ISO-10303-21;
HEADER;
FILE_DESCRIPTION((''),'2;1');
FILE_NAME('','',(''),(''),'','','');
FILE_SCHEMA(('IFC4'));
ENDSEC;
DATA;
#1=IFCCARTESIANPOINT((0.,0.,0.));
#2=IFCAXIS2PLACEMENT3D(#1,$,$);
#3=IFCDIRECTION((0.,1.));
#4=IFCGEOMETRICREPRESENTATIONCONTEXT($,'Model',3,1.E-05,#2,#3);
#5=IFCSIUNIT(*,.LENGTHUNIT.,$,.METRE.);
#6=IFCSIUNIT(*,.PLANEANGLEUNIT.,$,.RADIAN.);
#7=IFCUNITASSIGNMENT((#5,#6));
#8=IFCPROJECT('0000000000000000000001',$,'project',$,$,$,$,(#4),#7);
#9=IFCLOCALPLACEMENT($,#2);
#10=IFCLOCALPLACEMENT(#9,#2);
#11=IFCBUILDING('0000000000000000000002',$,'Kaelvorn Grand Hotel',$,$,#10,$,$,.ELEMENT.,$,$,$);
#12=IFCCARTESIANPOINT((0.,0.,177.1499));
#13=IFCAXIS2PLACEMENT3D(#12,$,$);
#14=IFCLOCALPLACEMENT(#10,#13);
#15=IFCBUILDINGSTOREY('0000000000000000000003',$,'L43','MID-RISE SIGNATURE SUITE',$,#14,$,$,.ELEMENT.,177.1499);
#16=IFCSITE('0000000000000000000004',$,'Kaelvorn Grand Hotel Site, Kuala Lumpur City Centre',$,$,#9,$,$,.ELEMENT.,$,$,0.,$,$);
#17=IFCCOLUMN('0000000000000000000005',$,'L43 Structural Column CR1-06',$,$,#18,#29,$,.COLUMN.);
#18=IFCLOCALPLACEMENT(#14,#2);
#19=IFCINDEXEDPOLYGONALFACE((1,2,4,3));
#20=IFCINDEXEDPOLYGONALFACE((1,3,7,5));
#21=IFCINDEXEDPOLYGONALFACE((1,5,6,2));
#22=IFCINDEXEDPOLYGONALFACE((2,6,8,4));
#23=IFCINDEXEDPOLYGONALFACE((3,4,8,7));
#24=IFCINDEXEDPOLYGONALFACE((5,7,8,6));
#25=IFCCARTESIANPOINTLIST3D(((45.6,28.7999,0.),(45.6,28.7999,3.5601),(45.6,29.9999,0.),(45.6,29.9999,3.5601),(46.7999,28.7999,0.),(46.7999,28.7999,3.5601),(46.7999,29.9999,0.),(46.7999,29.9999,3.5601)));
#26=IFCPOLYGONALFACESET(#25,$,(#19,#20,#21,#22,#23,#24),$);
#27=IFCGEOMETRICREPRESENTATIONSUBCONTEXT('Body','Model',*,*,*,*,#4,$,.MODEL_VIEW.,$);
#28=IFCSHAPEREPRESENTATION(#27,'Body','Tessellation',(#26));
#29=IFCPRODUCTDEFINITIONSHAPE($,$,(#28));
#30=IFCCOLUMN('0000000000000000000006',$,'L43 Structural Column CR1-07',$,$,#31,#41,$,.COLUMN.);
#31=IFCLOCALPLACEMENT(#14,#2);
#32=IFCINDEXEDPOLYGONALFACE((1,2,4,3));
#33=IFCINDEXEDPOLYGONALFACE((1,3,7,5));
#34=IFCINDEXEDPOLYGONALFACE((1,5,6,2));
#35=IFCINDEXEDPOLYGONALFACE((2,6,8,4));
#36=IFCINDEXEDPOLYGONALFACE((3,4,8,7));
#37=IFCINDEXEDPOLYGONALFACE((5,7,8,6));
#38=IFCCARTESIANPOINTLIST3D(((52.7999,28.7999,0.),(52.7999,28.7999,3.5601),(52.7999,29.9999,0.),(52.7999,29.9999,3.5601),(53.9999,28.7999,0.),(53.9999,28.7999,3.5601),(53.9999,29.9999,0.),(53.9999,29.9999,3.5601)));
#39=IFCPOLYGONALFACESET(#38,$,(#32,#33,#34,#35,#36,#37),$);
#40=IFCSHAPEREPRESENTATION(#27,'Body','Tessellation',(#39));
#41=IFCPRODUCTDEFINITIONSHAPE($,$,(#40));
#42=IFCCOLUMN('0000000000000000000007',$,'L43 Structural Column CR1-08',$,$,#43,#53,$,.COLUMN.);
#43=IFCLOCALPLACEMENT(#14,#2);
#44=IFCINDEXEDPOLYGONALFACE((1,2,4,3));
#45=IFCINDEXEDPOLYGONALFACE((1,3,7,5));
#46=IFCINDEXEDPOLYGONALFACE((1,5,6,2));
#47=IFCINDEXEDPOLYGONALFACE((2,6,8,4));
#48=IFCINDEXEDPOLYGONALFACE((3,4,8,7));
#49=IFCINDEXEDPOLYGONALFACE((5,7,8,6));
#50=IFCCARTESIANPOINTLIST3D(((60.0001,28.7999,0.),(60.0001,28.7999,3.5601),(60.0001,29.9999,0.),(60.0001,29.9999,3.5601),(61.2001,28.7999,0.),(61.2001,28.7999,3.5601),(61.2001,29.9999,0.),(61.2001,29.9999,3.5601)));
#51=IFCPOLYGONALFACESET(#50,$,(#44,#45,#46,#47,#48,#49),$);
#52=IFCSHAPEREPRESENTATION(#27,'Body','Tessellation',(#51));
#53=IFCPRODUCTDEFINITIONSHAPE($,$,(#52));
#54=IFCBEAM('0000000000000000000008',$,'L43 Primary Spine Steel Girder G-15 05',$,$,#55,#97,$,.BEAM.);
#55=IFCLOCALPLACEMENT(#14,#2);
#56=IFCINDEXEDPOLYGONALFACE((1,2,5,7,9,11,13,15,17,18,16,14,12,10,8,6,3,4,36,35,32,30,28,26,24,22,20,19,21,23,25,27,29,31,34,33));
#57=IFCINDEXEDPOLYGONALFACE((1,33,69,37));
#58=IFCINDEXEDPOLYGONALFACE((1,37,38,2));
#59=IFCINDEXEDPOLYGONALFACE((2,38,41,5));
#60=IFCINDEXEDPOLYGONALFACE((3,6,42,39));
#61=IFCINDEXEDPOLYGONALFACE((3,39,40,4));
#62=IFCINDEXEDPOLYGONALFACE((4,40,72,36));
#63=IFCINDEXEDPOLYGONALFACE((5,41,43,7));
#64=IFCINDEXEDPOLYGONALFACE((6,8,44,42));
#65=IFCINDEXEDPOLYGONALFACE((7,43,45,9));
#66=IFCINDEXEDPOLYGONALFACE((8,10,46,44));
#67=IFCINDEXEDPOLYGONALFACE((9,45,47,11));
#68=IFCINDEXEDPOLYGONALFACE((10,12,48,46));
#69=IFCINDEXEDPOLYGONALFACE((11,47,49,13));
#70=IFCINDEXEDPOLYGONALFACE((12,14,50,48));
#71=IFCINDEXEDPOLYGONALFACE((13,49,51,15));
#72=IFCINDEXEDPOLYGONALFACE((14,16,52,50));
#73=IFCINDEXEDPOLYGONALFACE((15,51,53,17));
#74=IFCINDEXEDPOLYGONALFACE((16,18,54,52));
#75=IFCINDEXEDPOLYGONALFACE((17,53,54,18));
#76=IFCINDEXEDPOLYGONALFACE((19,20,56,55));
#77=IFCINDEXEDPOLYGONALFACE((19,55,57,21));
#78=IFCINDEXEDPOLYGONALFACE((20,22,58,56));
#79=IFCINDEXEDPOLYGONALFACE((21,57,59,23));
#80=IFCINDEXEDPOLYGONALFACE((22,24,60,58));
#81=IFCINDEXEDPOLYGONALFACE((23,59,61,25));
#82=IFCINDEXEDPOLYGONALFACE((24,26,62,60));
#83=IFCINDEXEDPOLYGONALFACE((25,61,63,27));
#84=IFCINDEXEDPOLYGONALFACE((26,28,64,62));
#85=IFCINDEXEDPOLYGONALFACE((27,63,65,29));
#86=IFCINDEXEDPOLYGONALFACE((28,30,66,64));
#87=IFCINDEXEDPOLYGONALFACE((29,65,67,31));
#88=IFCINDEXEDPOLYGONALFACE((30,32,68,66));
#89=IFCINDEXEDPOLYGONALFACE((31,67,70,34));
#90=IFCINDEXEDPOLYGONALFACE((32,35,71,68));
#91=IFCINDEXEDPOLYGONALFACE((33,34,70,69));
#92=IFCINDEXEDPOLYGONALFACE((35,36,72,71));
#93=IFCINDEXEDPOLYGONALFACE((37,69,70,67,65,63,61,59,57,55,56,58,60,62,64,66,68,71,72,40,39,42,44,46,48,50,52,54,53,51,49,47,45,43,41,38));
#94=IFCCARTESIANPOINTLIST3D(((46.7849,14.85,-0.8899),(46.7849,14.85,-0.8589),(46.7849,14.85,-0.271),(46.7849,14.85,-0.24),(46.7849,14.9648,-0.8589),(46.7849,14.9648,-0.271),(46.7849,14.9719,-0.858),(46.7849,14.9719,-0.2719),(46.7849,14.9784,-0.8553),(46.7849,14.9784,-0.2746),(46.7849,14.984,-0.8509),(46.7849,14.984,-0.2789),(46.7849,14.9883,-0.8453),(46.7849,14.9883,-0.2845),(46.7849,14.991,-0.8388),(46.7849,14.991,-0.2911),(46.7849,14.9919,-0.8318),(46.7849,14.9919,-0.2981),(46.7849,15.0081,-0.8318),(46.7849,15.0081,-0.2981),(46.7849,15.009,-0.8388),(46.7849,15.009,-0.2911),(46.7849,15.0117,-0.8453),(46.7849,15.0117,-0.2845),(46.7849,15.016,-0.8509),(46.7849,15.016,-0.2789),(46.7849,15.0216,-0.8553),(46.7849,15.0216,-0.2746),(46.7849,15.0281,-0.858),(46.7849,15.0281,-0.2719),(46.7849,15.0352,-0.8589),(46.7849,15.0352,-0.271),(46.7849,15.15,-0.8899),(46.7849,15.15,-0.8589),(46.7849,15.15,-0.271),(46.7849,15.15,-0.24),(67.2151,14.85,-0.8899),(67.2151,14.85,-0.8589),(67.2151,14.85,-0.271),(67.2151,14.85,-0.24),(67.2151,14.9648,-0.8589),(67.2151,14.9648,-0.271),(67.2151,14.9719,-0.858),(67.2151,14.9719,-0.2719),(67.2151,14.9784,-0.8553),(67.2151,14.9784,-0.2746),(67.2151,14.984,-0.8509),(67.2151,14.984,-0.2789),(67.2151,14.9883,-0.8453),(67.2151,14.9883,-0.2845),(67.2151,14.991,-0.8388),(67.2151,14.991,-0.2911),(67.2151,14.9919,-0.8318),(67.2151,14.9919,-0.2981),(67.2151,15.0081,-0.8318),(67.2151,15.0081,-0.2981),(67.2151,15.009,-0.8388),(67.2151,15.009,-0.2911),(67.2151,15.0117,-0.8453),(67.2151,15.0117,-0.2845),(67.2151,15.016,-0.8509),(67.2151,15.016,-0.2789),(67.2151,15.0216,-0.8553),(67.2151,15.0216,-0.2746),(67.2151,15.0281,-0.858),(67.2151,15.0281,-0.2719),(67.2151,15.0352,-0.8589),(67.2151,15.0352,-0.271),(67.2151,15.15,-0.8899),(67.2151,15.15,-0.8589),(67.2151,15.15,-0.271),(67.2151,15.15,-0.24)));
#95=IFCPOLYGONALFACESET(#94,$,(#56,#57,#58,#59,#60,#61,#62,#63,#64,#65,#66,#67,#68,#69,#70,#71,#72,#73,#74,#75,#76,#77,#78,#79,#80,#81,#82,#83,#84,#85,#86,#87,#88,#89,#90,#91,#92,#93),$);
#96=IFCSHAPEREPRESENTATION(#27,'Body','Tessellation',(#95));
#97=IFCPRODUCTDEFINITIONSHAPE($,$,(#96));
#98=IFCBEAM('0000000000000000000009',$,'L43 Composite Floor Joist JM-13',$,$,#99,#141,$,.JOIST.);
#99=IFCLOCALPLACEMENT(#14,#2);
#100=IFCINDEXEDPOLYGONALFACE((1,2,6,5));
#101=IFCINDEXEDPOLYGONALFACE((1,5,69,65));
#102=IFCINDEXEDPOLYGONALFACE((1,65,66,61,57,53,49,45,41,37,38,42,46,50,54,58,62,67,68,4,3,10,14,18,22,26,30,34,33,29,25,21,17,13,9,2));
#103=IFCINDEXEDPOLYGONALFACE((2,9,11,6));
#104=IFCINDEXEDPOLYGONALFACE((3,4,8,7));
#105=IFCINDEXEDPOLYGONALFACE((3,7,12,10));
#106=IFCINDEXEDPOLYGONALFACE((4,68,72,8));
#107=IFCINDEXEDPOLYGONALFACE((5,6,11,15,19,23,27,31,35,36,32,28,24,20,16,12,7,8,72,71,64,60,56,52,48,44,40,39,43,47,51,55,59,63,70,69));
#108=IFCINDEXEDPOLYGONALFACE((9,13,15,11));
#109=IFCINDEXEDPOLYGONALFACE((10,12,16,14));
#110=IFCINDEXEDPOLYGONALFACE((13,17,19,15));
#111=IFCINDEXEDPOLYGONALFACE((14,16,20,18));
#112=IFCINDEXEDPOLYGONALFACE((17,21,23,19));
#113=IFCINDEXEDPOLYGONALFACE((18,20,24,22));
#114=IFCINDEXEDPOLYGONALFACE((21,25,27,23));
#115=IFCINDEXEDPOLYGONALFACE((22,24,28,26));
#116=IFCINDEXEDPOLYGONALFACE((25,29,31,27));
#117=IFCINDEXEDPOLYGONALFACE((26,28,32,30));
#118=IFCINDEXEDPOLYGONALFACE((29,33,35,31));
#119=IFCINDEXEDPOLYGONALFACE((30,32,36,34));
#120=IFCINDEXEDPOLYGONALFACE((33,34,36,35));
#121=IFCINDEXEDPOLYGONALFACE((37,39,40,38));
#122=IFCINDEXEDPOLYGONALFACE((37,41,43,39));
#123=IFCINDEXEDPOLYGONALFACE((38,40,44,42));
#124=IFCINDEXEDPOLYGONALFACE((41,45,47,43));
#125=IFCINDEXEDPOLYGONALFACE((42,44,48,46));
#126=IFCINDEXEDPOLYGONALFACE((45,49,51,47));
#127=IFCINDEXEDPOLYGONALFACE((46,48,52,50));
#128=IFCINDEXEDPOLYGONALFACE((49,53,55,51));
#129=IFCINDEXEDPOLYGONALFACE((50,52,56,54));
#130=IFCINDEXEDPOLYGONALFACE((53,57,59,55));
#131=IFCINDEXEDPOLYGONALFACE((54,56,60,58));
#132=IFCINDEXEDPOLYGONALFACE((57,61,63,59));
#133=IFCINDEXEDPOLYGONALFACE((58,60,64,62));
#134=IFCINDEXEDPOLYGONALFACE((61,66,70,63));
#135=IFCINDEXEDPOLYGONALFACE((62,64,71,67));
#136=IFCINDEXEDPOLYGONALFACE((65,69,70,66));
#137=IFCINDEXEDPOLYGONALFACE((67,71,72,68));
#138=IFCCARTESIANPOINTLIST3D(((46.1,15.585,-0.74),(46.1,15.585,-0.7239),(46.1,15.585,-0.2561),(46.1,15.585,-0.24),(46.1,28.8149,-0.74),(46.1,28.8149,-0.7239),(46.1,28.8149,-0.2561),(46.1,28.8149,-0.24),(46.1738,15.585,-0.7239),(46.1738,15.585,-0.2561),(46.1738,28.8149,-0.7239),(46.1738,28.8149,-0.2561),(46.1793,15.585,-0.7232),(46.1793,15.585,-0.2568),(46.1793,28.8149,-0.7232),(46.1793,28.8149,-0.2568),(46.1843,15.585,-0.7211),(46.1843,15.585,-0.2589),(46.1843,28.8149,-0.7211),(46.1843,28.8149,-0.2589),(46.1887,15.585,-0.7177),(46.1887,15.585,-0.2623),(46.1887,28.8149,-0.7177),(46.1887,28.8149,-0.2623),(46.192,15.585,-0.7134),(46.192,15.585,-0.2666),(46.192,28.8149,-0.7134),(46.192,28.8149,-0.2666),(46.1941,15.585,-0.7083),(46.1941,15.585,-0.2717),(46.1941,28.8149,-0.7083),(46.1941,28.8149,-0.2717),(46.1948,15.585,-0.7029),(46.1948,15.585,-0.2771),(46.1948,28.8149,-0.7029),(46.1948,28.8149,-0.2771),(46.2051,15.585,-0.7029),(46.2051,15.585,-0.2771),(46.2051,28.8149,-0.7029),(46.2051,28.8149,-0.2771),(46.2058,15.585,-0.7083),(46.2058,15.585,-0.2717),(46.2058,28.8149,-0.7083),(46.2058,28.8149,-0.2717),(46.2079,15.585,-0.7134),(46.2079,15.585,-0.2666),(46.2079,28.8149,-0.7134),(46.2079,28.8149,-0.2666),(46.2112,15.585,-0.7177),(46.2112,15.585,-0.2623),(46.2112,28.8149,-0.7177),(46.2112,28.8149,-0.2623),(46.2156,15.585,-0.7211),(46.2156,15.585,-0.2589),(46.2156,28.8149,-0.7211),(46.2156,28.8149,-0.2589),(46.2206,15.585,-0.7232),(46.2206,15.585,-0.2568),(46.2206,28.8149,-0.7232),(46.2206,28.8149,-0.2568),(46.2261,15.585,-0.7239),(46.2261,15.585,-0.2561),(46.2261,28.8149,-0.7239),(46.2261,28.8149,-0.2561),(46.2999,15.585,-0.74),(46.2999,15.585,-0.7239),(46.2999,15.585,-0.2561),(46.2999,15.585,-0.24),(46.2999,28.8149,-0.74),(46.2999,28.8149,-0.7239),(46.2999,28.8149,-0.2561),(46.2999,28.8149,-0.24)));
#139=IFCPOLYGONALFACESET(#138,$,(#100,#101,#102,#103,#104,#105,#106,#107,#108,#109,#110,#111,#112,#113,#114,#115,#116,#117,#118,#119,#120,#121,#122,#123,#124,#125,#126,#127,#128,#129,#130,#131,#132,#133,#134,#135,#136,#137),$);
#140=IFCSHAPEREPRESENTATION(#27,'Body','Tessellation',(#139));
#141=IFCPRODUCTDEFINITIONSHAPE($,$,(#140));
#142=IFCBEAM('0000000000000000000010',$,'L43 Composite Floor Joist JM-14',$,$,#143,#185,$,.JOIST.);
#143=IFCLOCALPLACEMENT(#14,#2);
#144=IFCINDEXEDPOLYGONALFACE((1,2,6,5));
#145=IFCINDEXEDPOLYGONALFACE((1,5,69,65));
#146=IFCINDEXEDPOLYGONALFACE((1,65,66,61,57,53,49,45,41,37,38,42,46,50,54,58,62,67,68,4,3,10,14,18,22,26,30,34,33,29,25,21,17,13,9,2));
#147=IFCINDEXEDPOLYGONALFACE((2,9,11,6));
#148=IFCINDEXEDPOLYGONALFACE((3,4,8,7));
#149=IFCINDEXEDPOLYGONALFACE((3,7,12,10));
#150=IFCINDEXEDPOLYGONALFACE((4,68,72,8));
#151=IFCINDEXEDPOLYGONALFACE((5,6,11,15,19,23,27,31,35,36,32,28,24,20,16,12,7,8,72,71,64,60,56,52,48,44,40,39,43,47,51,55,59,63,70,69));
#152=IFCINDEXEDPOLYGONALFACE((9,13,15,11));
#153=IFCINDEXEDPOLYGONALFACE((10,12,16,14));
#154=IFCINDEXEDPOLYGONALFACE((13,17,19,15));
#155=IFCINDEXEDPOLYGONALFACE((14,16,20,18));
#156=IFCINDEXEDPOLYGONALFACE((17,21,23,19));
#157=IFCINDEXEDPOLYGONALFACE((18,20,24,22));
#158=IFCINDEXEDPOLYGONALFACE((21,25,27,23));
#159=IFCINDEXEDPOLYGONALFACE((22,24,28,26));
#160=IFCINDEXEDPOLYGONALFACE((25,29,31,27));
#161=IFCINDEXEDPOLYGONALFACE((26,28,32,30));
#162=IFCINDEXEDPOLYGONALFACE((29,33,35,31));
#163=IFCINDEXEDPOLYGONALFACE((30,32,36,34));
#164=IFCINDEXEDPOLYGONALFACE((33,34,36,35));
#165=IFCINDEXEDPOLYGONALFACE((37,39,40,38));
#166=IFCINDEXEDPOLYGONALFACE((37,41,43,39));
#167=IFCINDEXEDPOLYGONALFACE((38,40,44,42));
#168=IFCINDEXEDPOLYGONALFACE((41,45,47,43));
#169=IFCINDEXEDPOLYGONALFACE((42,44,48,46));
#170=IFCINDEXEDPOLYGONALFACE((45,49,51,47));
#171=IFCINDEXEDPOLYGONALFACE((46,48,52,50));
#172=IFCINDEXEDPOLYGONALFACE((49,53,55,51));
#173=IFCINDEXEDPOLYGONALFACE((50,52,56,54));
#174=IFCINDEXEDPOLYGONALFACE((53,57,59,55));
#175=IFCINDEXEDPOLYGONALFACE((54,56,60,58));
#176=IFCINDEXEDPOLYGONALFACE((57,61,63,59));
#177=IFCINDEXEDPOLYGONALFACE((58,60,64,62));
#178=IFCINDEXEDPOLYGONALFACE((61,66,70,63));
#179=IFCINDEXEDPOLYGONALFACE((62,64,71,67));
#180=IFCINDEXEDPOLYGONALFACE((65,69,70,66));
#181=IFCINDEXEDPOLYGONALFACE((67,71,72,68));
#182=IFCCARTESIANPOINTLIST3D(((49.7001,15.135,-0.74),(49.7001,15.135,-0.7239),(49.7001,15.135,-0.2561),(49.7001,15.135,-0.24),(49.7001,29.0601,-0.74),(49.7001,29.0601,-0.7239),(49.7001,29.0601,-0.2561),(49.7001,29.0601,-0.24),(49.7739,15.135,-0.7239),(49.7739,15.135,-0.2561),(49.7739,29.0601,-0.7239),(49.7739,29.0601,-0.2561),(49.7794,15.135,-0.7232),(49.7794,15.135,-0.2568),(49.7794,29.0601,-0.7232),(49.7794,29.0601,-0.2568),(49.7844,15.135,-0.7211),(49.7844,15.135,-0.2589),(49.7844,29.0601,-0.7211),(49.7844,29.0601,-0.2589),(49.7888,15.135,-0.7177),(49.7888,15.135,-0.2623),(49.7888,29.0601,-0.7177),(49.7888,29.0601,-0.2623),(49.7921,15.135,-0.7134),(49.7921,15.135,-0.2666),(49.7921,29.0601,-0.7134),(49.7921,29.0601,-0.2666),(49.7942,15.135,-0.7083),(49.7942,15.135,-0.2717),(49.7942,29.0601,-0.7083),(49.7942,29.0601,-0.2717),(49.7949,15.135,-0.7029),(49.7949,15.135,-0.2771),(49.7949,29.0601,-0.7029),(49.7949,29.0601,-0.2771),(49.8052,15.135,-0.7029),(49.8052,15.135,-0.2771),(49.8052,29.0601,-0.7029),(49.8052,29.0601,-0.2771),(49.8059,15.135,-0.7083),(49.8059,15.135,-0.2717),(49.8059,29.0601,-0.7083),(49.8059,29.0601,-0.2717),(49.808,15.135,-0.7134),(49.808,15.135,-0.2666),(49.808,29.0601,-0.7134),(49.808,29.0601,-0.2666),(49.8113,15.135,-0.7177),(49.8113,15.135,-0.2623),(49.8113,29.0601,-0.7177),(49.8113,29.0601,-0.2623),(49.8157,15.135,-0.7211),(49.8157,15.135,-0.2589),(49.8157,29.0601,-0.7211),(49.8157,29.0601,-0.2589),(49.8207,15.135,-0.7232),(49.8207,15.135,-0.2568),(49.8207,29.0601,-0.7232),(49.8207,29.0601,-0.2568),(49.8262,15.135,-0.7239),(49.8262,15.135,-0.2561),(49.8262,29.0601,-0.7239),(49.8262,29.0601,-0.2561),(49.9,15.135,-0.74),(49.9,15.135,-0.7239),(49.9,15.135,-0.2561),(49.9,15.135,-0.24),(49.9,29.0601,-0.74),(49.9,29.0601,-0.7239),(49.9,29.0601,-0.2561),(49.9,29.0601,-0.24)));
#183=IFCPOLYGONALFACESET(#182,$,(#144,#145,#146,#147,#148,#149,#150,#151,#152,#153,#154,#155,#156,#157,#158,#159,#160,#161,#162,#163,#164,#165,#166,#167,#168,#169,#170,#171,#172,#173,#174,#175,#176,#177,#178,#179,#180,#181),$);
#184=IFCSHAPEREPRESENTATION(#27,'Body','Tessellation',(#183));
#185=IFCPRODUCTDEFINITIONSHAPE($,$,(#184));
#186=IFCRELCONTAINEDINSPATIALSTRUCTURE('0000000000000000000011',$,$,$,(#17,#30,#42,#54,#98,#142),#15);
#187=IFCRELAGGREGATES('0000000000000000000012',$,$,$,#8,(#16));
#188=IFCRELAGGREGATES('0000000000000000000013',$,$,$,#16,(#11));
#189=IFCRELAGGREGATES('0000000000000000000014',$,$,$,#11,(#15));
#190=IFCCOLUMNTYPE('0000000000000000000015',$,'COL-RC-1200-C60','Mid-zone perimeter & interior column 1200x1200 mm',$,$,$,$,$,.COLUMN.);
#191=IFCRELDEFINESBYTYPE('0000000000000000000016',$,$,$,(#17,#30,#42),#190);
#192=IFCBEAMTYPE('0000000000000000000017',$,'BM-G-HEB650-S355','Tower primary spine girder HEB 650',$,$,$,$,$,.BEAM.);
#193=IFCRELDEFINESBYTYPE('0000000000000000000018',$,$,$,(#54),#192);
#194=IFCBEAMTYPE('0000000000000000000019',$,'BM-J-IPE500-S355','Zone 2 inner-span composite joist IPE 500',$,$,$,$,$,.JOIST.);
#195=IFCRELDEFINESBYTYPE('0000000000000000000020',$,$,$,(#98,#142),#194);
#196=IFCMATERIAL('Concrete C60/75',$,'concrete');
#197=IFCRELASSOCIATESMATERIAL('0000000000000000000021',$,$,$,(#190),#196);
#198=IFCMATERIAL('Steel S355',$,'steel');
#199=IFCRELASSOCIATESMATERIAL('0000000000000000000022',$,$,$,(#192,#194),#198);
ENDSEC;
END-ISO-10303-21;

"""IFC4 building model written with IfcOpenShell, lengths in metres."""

from ifc_helpers import new_model, si_unit, direction, frame, origin, origin_2d, place, context, subcontext, project, spatial, rectangle, i_section, extrude, material, material_profile, profile_set, type_object, element, save


model = new_model("IFC4")

# Units and contexts
model_context = context("Model", 3, precision=1e-05, world=origin(), true_north=direction((0.0, 1.0)))
body_context = subcontext(model_context, "Body", "Model", "MODEL_VIEW")
ifc_project = project(units=[si_unit("LENGTHUNIT", "METRE"), si_unit("PLANEANGLEUNIT", "RADIAN")], contexts=[model_context])

# Site, building, storey
site_placement = place(None, origin())
site = spatial("IfcSite", under=ifc_project, at=site_placement, Name="Kaelvorn Grand Hotel Site, Kuala Lumpur City Centre", CompositionType="ELEMENT", RefElevation=0.0)
building_placement = place(site_placement, origin())
building = spatial("IfcBuilding", under=site, at=building_placement, Name="Kaelvorn Grand Hotel", CompositionType="ELEMENT")
storey_placement = place(building_placement, frame((0.0, 0.0, 177.1499)))
storey = spatial("IfcBuildingStorey", under=building, at=storey_placement, Name="L43", Description="MID-RISE SIGNATURE SUITE", CompositionType="ELEMENT", Elevation=177.1499)

# Columns
ifc_material_1 = material(Name="Concrete C60/75", Category="concrete")
ifc_material_profile_1 = material_profile(ifc_material_1, rectangle(XDim=1.2, YDim=1.2, at=origin_2d()), Name="RC COL 1200x1200")
ifc_profile_set_1 = profile_set([ifc_material_profile_1], Name="Concrete C60/75")
column_type = type_object("IfcColumnType", Name="COL-RC-1200-C60", Description="Mid-zone perimeter & interior column 1200x1200 mm", PredefinedType="COLUMN", material=ifc_profile_set_1)
for number, where, z_axis, x_axis, name in (
    (1, (46.2, 29.3999, 0.0), (0.0, 0.0, 1.0), (1.0, 0.0, 0.0), "L43 Structural Column CR1-06"),
    (2, (53.3999, 29.3999, 0.0), (0.0, 0.0, 1.0), (1.0, 0.0, 0.0), "L43 Structural Column CR1-07"),
    (3, (60.6001, 29.3999, 0.0), (0.0, 0.0, 1.0), (1.0, 0.0, 0.0), "L43 Structural Column CR1-08"),
):
    element("IfcColumn", number, at=place(storey_placement, frame(where, z_axis=z_axis, x_axis=x_axis)), inside=storey, type_object=column_type, Name=name, PredefinedType="COLUMN", context=body_context, shape_type="SweptSolid", body=[
        extrude(rectangle(XDim=1.2, YDim=1.2, at=origin_2d()), origin(), (0.0, 0.0, 1.0), 3.5601),
    ])

# Beams
ifc_material_2 = material(Name="Steel S355", Category="steel")
ifc_material_profile_2 = material_profile(ifc_material_2, i_section(OverallWidth=0.3, OverallDepth=0.6499, WebThickness=0.0161, FlangeThickness=0.031, FilletRadius=0.0271, at=origin_2d()), Name="HEB 650")
ifc_profile_set_2 = profile_set([ifc_material_profile_2], Name="Steel S355")
beam_type_1 = type_object("IfcBeamType", Name="BM-G-HEB650-S355", Description="Tower primary spine girder HEB 650", PredefinedType="BEAM", material=ifc_profile_set_2)
beam_1_placement = place(storey_placement, frame((46.7849, 15.0, -0.5649), z_axis=(1.0, 0.0, 0.0), x_axis=(0.0, 1.0, 0.0)))
element("IfcBeam", 4, at=beam_1_placement, inside=storey, type_object=beam_type_1, Name="L43 Primary Spine Steel Girder G-15 05", PredefinedType="BEAM", context=body_context, shape_type="SweptSolid", body=[
    extrude(i_section(OverallWidth=0.3, OverallDepth=0.6499, WebThickness=0.0161, FlangeThickness=0.031, FilletRadius=0.0271, at=origin_2d()), origin(), (0.0, 0.0, 1.0), 20.4302),
])
ifc_material_profile_3 = material_profile(ifc_material_2, i_section(OverallWidth=0.2, OverallDepth=0.5, WebThickness=0.0103, FlangeThickness=0.0161, FilletRadius=0.021, at=origin_2d()), Name="IPE 500")
ifc_profile_set_3 = profile_set([ifc_material_profile_3], Name="Steel S355")
beam_type_2 = type_object("IfcBeamType", Name="BM-J-IPE500-S355", Description="Zone 2 inner-span composite joist IPE 500", PredefinedType="JOIST", material=ifc_profile_set_3)
beam_2_placement = place(storey_placement, frame((46.2, 15.585, -0.49), z_axis=(0.0, 1.0, 0.0), x_axis=(-1.0, 0.0, 0.0)))
element("IfcBeam", 5, at=beam_2_placement, inside=storey, type_object=beam_type_2, Name="L43 Composite Floor Joist JM-13", PredefinedType="JOIST", context=body_context, shape_type="SweptSolid", body=[
    extrude(i_section(OverallWidth=0.2, OverallDepth=0.5, WebThickness=0.0103, FlangeThickness=0.0161, FilletRadius=0.021, at=origin_2d()), origin(), (0.0, 0.0, 1.0), 13.23),
])
beam_3_placement = place(storey_placement, frame((49.8, 15.135, -0.49), z_axis=(0.0, 1.0, 0.0), x_axis=(-1.0, 0.0, 0.0)))
element("IfcBeam", 6, at=beam_3_placement, inside=storey, type_object=beam_type_2, Name="L43 Composite Floor Joist JM-14", PredefinedType="JOIST", context=body_context, shape_type="SweptSolid", body=[
    extrude(i_section(OverallWidth=0.2, OverallDepth=0.5, WebThickness=0.0103, FlangeThickness=0.0161, FilletRadius=0.021, at=origin_2d()), origin(), (0.0, 0.0, 1.0), 13.925),
])

save(model, "model.ifc")
